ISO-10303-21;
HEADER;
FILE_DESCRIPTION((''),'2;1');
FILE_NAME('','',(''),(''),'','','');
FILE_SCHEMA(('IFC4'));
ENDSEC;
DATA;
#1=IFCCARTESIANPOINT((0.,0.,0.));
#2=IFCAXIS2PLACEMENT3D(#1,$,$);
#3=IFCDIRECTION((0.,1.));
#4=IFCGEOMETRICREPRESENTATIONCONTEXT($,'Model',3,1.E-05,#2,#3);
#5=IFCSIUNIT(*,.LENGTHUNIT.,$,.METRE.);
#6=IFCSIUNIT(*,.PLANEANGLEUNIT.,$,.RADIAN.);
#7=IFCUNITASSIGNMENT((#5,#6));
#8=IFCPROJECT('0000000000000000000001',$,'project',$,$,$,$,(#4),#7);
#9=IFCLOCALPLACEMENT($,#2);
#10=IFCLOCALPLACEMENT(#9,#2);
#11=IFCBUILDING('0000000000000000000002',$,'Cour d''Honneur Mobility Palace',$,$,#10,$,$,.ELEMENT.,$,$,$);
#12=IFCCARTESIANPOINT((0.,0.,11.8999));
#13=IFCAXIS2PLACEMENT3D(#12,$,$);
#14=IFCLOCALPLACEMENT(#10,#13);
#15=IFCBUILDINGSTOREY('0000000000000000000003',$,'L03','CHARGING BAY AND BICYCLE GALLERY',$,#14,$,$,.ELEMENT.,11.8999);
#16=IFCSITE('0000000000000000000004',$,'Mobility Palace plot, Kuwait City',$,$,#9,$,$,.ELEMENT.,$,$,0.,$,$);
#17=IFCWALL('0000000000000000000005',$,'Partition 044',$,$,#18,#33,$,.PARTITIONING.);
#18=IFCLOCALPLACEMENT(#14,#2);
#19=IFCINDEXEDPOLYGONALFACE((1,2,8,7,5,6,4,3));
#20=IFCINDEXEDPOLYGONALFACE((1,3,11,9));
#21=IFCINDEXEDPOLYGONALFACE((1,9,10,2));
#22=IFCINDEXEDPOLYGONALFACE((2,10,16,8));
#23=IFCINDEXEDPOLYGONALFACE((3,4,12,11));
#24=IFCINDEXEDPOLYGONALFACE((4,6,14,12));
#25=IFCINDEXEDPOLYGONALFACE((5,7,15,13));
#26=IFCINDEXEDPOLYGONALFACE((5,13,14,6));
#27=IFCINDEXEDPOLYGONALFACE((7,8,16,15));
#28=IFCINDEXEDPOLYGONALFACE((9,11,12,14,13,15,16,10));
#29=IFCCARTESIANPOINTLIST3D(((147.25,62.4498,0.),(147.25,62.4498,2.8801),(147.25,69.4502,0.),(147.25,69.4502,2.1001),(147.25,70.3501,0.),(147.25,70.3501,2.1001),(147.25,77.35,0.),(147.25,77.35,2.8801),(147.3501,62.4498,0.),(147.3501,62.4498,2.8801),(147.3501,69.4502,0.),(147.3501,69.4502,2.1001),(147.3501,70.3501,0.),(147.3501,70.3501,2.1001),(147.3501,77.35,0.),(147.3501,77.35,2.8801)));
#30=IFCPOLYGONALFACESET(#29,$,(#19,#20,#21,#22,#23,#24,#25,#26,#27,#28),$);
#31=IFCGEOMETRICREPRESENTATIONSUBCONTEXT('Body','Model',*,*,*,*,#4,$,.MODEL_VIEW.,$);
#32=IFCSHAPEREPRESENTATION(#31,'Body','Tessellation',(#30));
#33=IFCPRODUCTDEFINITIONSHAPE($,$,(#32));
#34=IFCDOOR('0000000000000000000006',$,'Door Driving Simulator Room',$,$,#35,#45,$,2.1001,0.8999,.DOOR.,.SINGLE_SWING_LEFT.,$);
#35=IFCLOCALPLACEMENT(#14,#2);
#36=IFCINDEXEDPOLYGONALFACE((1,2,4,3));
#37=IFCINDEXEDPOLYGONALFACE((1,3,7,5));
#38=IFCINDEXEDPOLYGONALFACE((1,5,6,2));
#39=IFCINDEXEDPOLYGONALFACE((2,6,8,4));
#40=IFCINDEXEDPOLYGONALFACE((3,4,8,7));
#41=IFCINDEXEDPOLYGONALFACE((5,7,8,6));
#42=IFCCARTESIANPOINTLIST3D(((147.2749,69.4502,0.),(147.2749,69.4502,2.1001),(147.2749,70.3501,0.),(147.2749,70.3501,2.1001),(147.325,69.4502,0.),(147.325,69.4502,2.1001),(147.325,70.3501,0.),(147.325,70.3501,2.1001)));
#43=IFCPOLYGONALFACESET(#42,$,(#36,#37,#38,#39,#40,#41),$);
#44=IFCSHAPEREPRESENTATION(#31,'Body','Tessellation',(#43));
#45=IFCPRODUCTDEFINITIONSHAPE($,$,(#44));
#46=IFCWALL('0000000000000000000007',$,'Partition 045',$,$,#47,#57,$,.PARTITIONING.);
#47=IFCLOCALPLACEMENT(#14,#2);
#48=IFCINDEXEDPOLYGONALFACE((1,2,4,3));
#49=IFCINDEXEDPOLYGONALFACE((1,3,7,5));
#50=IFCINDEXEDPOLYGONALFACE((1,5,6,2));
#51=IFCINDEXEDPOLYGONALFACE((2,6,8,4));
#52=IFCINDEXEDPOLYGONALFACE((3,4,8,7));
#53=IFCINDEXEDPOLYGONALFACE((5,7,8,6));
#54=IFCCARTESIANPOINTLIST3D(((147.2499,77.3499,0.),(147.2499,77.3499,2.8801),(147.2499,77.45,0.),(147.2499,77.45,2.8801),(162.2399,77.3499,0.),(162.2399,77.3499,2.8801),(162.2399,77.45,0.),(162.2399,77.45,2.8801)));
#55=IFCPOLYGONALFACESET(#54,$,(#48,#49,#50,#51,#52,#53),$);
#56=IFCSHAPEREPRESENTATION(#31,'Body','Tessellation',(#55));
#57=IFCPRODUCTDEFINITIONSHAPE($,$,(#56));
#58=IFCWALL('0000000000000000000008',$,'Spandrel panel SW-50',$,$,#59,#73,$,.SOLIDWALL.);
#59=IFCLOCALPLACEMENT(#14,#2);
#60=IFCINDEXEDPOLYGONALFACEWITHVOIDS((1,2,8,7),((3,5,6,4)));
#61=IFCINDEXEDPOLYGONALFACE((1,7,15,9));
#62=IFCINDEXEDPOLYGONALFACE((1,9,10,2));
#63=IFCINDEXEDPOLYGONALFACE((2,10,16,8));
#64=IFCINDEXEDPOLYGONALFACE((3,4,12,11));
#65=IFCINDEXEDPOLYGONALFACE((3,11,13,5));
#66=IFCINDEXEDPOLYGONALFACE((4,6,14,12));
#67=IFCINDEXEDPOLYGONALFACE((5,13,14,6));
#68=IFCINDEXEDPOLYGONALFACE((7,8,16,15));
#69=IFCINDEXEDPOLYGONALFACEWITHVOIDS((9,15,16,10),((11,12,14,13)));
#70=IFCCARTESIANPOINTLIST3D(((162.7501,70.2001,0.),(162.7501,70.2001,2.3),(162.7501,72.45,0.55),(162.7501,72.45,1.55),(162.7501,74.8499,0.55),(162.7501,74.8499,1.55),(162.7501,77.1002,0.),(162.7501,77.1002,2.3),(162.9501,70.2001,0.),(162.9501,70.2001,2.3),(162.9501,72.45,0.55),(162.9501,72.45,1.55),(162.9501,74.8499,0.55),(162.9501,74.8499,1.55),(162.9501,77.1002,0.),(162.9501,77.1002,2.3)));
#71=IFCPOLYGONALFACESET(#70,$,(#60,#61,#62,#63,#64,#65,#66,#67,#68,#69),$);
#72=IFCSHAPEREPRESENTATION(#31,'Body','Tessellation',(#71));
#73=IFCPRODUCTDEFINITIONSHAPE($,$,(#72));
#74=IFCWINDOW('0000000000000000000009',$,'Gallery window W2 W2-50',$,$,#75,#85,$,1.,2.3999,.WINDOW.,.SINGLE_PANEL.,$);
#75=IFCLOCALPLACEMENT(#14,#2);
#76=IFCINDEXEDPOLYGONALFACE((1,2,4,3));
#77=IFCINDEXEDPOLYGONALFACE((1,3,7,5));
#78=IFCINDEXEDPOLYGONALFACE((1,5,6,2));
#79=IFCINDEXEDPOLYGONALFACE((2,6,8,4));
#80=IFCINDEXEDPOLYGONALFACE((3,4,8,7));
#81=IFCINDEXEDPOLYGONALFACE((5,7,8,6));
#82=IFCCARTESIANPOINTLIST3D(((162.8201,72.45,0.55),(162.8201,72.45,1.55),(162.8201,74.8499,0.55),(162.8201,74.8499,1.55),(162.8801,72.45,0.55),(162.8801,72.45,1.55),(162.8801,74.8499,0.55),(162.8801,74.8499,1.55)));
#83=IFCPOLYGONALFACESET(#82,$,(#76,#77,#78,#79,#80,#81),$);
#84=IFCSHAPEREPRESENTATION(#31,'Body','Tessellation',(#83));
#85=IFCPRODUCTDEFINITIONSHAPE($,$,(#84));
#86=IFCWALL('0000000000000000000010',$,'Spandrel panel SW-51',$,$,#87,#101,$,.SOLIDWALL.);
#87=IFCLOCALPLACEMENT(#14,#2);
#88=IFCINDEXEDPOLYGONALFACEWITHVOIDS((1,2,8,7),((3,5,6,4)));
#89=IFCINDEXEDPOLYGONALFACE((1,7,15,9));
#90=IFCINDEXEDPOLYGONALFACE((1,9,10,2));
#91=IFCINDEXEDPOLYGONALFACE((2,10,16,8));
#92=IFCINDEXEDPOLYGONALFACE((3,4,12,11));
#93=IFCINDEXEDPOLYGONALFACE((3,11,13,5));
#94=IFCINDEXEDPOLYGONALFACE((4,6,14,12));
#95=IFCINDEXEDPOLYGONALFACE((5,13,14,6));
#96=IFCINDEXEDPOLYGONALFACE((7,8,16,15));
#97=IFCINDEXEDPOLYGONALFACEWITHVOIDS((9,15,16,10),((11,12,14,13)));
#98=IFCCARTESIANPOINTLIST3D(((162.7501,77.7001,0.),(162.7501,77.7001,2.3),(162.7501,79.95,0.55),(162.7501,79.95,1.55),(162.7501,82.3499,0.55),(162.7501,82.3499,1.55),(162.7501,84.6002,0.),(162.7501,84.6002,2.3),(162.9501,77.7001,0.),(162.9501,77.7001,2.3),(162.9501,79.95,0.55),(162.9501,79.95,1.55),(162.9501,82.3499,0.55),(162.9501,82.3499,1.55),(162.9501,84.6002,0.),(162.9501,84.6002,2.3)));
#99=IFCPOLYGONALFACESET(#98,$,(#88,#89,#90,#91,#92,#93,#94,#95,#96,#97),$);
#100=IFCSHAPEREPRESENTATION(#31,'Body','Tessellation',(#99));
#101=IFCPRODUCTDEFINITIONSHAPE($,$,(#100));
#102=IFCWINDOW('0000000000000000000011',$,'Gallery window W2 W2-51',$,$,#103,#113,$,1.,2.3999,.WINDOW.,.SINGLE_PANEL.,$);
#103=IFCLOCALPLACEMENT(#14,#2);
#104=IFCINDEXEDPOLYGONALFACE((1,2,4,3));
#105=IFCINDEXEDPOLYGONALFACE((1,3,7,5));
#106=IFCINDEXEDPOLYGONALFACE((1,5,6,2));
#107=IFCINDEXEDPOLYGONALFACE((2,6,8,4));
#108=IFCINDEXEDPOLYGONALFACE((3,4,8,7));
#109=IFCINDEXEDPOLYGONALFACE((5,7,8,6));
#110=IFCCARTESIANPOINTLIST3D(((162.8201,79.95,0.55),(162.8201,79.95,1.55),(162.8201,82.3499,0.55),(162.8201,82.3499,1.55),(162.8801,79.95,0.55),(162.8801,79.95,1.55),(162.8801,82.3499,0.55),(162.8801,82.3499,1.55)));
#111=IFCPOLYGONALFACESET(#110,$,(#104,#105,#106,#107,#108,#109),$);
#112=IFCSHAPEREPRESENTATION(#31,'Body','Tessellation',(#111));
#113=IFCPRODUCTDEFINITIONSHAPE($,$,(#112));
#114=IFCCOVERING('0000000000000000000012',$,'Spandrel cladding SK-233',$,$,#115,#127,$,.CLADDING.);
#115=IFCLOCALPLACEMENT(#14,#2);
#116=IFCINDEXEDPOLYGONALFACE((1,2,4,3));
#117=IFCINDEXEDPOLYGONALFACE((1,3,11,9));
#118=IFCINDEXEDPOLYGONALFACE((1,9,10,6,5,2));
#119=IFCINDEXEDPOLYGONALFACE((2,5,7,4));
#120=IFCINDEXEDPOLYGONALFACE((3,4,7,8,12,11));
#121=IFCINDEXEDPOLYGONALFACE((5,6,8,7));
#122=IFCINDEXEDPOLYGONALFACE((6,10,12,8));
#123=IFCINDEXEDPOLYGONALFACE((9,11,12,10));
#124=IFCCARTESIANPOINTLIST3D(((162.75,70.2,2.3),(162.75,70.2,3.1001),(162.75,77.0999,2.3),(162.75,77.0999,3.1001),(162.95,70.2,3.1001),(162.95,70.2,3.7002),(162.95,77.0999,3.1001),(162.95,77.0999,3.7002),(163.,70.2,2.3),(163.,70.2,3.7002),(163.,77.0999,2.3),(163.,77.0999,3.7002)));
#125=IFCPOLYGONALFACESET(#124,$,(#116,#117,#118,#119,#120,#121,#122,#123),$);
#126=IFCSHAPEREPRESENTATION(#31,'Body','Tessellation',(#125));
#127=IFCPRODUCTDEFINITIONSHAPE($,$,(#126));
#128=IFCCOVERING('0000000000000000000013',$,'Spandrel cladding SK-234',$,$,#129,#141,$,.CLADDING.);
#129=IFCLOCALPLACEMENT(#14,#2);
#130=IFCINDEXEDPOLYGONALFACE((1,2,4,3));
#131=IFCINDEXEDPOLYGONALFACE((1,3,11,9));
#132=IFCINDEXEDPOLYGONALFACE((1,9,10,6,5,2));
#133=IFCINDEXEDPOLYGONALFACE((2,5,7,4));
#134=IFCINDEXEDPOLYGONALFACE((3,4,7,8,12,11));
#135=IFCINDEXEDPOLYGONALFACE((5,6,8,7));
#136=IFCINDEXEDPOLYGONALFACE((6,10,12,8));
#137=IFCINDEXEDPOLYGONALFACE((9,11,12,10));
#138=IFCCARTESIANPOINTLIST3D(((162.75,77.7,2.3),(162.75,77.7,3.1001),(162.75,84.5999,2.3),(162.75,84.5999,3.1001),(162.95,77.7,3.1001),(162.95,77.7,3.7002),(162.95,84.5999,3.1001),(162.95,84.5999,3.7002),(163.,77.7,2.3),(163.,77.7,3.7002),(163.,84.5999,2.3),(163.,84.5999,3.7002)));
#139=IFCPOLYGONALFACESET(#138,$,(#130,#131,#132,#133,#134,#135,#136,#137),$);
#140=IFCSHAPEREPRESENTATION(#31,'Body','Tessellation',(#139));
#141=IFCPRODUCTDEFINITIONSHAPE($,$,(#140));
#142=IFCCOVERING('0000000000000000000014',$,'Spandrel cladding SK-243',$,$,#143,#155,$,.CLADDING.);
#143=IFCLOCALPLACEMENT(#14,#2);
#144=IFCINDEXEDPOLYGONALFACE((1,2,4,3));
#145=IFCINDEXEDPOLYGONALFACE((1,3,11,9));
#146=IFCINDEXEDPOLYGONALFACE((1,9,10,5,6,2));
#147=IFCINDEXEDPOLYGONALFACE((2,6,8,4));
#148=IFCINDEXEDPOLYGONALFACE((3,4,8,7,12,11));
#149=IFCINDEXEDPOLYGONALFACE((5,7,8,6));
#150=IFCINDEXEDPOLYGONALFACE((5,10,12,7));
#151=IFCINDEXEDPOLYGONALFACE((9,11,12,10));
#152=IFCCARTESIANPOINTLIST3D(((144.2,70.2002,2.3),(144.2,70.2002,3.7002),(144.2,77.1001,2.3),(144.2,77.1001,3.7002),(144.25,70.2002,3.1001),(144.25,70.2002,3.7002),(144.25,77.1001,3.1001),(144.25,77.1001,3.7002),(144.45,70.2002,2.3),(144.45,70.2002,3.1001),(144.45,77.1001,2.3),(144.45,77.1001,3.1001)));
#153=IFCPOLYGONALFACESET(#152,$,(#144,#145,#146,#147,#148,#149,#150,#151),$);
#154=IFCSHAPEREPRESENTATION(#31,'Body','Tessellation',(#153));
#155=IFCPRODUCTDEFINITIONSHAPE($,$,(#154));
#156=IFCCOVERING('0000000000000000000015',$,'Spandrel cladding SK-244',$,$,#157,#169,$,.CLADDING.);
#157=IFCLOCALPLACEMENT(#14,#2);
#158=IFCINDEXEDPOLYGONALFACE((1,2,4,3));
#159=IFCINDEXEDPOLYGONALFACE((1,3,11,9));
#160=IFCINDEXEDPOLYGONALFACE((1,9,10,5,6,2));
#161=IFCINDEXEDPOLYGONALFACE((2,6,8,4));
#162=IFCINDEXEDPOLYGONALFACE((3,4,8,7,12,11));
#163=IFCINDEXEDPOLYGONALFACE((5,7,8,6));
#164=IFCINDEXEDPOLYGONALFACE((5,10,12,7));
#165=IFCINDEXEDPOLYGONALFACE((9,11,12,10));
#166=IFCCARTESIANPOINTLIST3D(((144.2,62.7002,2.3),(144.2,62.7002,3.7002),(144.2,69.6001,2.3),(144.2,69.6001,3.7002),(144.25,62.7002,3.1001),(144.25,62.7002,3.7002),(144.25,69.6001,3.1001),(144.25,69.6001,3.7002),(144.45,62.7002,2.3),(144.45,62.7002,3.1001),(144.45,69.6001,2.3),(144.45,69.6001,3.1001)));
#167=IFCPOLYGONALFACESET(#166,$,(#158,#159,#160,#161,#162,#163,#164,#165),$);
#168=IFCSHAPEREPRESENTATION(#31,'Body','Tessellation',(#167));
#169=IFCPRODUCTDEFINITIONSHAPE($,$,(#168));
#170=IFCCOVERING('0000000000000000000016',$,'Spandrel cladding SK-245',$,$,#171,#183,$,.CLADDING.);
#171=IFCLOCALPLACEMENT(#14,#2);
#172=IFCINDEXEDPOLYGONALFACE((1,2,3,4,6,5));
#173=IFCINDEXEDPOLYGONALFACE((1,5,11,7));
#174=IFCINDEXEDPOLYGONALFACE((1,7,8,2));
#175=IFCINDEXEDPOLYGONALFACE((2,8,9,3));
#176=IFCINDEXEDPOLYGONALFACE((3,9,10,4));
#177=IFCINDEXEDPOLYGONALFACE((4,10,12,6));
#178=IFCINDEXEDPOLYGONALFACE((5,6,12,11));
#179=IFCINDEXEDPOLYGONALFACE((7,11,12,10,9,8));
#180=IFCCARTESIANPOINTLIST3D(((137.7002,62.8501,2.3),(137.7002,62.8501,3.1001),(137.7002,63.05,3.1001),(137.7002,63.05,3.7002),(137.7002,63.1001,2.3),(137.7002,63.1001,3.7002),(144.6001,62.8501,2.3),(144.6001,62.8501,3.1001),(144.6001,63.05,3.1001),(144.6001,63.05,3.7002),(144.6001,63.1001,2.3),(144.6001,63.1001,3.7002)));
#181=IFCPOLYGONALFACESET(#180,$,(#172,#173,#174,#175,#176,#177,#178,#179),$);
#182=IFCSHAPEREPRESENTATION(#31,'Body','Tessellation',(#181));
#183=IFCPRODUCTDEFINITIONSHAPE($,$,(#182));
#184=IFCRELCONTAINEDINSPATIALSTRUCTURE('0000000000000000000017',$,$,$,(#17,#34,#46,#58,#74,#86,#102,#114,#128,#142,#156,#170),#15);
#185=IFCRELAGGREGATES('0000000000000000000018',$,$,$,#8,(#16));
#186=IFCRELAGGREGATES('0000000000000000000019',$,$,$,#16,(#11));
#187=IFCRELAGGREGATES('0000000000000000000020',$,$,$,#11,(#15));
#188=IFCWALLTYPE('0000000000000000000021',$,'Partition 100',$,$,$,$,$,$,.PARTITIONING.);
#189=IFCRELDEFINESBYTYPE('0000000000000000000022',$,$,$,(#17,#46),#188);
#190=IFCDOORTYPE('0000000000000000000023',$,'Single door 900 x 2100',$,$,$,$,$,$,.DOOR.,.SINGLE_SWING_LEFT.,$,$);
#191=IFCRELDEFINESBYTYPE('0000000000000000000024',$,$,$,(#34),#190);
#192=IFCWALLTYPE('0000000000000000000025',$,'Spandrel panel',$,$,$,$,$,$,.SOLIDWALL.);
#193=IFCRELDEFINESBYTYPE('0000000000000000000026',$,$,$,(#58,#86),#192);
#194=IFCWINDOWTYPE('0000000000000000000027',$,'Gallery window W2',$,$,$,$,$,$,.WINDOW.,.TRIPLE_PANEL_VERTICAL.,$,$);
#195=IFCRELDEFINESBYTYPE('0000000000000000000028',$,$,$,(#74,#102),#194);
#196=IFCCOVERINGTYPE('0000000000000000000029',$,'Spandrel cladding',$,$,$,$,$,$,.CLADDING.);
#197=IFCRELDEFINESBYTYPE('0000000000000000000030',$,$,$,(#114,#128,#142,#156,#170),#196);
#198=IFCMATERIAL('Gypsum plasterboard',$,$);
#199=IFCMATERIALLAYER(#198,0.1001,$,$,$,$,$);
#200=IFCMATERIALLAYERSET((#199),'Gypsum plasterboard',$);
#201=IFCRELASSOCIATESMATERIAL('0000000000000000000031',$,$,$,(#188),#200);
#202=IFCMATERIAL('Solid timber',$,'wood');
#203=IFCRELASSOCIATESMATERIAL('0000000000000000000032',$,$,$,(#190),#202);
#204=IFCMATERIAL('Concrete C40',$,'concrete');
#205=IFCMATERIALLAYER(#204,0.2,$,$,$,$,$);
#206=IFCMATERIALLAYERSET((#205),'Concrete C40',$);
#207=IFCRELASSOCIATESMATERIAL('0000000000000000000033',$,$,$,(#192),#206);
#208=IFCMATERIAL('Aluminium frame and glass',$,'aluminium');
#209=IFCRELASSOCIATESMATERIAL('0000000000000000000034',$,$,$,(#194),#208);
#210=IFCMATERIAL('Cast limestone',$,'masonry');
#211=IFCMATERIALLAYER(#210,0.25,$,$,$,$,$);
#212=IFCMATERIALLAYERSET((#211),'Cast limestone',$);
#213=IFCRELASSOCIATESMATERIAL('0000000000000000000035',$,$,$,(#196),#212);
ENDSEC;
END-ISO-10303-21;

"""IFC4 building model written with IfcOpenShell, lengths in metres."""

from ifc_helpers import new_model, si_unit, direction, frame, frame_2d, origin, place, context, subcontext, project, spatial, polyline, rectangle, outline, extrude, material, layer, layer_set, type_object, element, fill, save


model = new_model("IFC4")

# Units and contexts
model_context = context("Model", 3, precision=1e-05, world=origin(), true_north=direction((0.0, 1.0)))
body_context = subcontext(model_context, "Body", "Model", "MODEL_VIEW")
ifc_project = project(units=[si_unit("LENGTHUNIT", "METRE"), si_unit("PLANEANGLEUNIT", "RADIAN")], contexts=[model_context])

# Site, building, storey
site_placement = place(None, origin())
site = spatial("IfcSite", under=ifc_project, at=site_placement, Name="Mobility Palace plot, Kuwait City", CompositionType="ELEMENT", RefElevation=0.0)
building_placement = place(site_placement, origin())
building = spatial("IfcBuilding", under=site, at=building_placement, Name="Cour d'Honneur Mobility Palace", CompositionType="ELEMENT")
storey_placement = place(building_placement, frame((0.0, 0.0, 11.8999)))
storey = spatial("IfcBuildingStorey", under=building, at=storey_placement, Name="L03", Description="CHARGING BAY AND BICYCLE GALLERY", CompositionType="ELEMENT", Elevation=11.8999)

# Wall, opening, door
ifc_material_1 = material(Name="Gypsum plasterboard")
ifc_layer_1 = layer(ifc_material_1, 0.1001)
ifc_layer_set_1 = layer_set([ifc_layer_1], Name="Gypsum plasterboard")
wall_type_1 = type_object("IfcWallType", Name="Partition 100", PredefinedType="PARTITIONING", material=ifc_layer_set_1)
wall_1_placement = place(storey_placement, frame((147.3, 77.3501, 0.0), z_axis=(0.0, 0.0, 1.0), x_axis=(0.0, -1.0, 0.0)))
wall_1 = element("IfcWall", 1, at=wall_1_placement, inside=storey, type_object=wall_type_1, Name="Partition 044", PredefinedType="PARTITIONING", context=body_context, shape_type="SweptSolid", body=[
    extrude(rectangle(XDim=14.9001, YDim=0.1001, at=frame_2d((7.4502, 0.0))), origin(), (0.0, 0.0, 1.0), 2.8801),
])
opening_1_placement = place(wall_1_placement, frame((7.0, 0.0, 0.0)))
opening_1 = element("IfcOpeningElement", 2, at=opening_1_placement, cuts=wall_1, PredefinedType="OPENING", context=body_context, shape_type="SweptSolid", body=[
    extrude(rectangle(XDim=0.8999, YDim=2.1001, at=frame_2d((0.45, 1.05))), frame((0.0, 0.0601, 0.0), z_axis=(0.0, -1.0, 0.0), x_axis=(1.0, 0.0, 0.0)), (0.0, 0.0, 1.0), 0.1201),
])
ifc_material_2 = material(Name="Solid timber", Category="wood")
door_type = type_object("IfcDoorType", Name="Single door 900 x 2100", OperationType="SINGLE_SWING_LEFT", PredefinedType="DOOR", material=ifc_material_2)
door_placement = place(opening_1_placement, origin())
door = element("IfcDoor", 3, at=door_placement, inside=storey, type_object=door_type, Name="Door Driving Simulator Room", OperationType="SINGLE_SWING_LEFT", OverallHeight=2.1001, OverallWidth=0.8999, PredefinedType="DOOR", context=body_context, shape_type="SweptSolid", body=[
    extrude(rectangle(XDim=0.8999, YDim=2.1001, at=frame_2d((0.45, 1.05))), frame((0.0, 0.0249, 0.0), z_axis=(0.0, -1.0, 0.0), x_axis=(1.0, 0.0, 0.0)), (0.0, 0.0, 1.0), 0.05),
])
fill(opening_1, door)

# Wall
wall_2_placement = place(storey_placement, frame((162.24, 77.3999, 0.0), z_axis=(0.0, 0.0, 1.0), x_axis=(-1.0, 0.0, 0.0)))
element("IfcWall", 4, at=wall_2_placement, inside=storey, type_object=wall_type_1, Name="Partition 045", PredefinedType="PARTITIONING", context=body_context, shape_type="SweptSolid", body=[
    extrude(rectangle(XDim=14.99, YDim=0.1001, at=frame_2d((7.4951, 0.0))), origin(), (0.0, 0.0, 1.0), 2.8801),
])

# Walls, openings, windows
ifc_material_3 = material(Name="Concrete C40", Category="concrete")
ifc_layer_2 = layer(ifc_material_3, 0.2)
ifc_layer_set_2 = layer_set([ifc_layer_2], Name="Concrete C40")
wall_type_2 = type_object("IfcWallType", Name="Spandrel panel", PredefinedType="SOLIDWALL", material=ifc_layer_set_2)
wall_3_placement = place(storey_placement, frame((162.8501, 70.2, 0.0), z_axis=(0.0, 0.0, 1.0), x_axis=(0.0, 1.0, 0.0)))
wall_3 = element("IfcWall", 5, at=wall_3_placement, inside=storey, type_object=wall_type_2, Name="Spandrel panel SW-50", PredefinedType="SOLIDWALL", context=body_context, shape_type="SweptSolid", body=[
    extrude(rectangle(XDim=6.9001, YDim=0.2, at=frame_2d((3.4502, 0.0))), origin(), (0.0, 0.0, 1.0), 2.3),
])
opening_2_placement = place(wall_3_placement, frame((2.25, 0.0, 0.55)))
opening_2 = element("IfcOpeningElement", 6, at=opening_2_placement, cuts=wall_3, PredefinedType="OPENING", context=body_context, shape_type="SweptSolid", body=[
    extrude(rectangle(XDim=2.3999, YDim=1.0, at=frame_2d((1.2, 0.5))), frame((0.0, 0.1099, 0.0), z_axis=(0.0, -1.0, 0.0), x_axis=(1.0, 0.0, 0.0)), (0.0, 0.0, 1.0), 0.22),
])
ifc_material_4 = material(Name="Aluminium frame and glass", Category="aluminium")
window_type = type_object("IfcWindowType", Name="Gallery window W2", PartitioningType="TRIPLE_PANEL_VERTICAL", PredefinedType="WINDOW", material=ifc_material_4)
window_1_placement = place(opening_2_placement, origin())
window_1 = element("IfcWindow", 7, at=window_1_placement, inside=storey, type_object=window_type, Name="Gallery window W2 W2-50", OverallHeight=1.0, OverallWidth=2.3999, PartitioningType="SINGLE_PANEL", PredefinedType="WINDOW", context=body_context, shape_type="SweptSolid", body=[
    extrude(rectangle(XDim=2.3999, YDim=1.0, at=frame_2d((1.2, 0.5))), frame((0.0, 0.03, 0.0), z_axis=(0.0, -1.0, 0.0), x_axis=(1.0, 0.0, 0.0)), (0.0, 0.0, 1.0), 0.0601),
])
fill(opening_2, window_1)
wall_4_placement = place(storey_placement, frame((162.8501, 77.7, 0.0), z_axis=(0.0, 0.0, 1.0), x_axis=(0.0, 1.0, 0.0)))
wall_4 = element("IfcWall", 8, at=wall_4_placement, inside=storey, type_object=wall_type_2, Name="Spandrel panel SW-51", PredefinedType="SOLIDWALL", context=body_context, shape_type="SweptSolid", body=[
    extrude(rectangle(XDim=6.9001, YDim=0.2, at=frame_2d((3.4502, 0.0))), origin(), (0.0, 0.0, 1.0), 2.3),
])
opening_3_placement = place(wall_4_placement, frame((2.25, 0.0, 0.55)))
opening_3 = element("IfcOpeningElement", 9, at=opening_3_placement, cuts=wall_4, PredefinedType="OPENING", context=body_context, shape_type="SweptSolid", body=[
    extrude(rectangle(XDim=2.3999, YDim=1.0, at=frame_2d((1.2, 0.5))), frame((0.0, 0.1099, 0.0), z_axis=(0.0, -1.0, 0.0), x_axis=(1.0, 0.0, 0.0)), (0.0, 0.0, 1.0), 0.22),
])
window_2_placement = place(opening_3_placement, origin())
window_2 = element("IfcWindow", 10, at=window_2_placement, inside=storey, type_object=window_type, Name="Gallery window W2 W2-51", OverallHeight=1.0, OverallWidth=2.3999, PartitioningType="SINGLE_PANEL", PredefinedType="WINDOW", context=body_context, shape_type="SweptSolid", body=[
    extrude(rectangle(XDim=2.3999, YDim=1.0, at=frame_2d((1.2, 0.5))), frame((0.0, 0.03, 0.0), z_axis=(0.0, -1.0, 0.0), x_axis=(1.0, 0.0, 0.0)), (0.0, 0.0, 1.0), 0.0601),
])
fill(opening_3, window_2)

# Coverings
ifc_material_5 = material(Name="Cast limestone", Category="masonry")
ifc_layer_3 = layer(ifc_material_5, 0.25)
ifc_layer_set_3 = layer_set([ifc_layer_3], Name="Cast limestone")
covering_type = type_object("IfcCoveringType", Name="Spandrel cladding", PredefinedType="CLADDING", material=ifc_layer_set_3)
for number, where, z_axis, x_axis, name in (
    (11, (162.75, 70.2, 2.3), (0.0, -1.0, 0.0), (1.0, 0.0, 0.0), "Spandrel cladding SK-233"),
    (12, (162.75, 77.7, 2.3), (0.0, -1.0, 0.0), (1.0, 0.0, 0.0), "Spandrel cladding SK-234"),
    (13, (144.45, 77.1001, 2.3), (0.0, 1.0, 0.0), (-1.0, 0.0, 0.0), "Spandrel cladding SK-243"),
    (14, (144.45, 69.6001, 2.3), (0.0, 1.0, 0.0), (-1.0, 0.0, 0.0), "Spandrel cladding SK-244"),
    (15, (144.6001, 62.8501, 2.3), (1.0, 0.0, 0.0), (0.0, 1.0, 0.0), "Spandrel cladding SK-245"),
):
    element("IfcCovering", number, at=place(storey_placement, frame(where, z_axis=z_axis, x_axis=x_axis)), inside=storey, type_object=covering_type, Name=name, PredefinedType="CLADDING", context=body_context, shape_type="SweptSolid", body=[
        extrude(outline(polyline([(0.0, 0.0), (0.25, 0.0), (0.25, 1.4001), (0.2, 1.4001), (0.2, 0.8), (0.0, 0.8), (0.0, 0.0)])), origin(), (0.0, 0.0, -1.0), 6.8999),
    ])

save(model, "model.ifc")
